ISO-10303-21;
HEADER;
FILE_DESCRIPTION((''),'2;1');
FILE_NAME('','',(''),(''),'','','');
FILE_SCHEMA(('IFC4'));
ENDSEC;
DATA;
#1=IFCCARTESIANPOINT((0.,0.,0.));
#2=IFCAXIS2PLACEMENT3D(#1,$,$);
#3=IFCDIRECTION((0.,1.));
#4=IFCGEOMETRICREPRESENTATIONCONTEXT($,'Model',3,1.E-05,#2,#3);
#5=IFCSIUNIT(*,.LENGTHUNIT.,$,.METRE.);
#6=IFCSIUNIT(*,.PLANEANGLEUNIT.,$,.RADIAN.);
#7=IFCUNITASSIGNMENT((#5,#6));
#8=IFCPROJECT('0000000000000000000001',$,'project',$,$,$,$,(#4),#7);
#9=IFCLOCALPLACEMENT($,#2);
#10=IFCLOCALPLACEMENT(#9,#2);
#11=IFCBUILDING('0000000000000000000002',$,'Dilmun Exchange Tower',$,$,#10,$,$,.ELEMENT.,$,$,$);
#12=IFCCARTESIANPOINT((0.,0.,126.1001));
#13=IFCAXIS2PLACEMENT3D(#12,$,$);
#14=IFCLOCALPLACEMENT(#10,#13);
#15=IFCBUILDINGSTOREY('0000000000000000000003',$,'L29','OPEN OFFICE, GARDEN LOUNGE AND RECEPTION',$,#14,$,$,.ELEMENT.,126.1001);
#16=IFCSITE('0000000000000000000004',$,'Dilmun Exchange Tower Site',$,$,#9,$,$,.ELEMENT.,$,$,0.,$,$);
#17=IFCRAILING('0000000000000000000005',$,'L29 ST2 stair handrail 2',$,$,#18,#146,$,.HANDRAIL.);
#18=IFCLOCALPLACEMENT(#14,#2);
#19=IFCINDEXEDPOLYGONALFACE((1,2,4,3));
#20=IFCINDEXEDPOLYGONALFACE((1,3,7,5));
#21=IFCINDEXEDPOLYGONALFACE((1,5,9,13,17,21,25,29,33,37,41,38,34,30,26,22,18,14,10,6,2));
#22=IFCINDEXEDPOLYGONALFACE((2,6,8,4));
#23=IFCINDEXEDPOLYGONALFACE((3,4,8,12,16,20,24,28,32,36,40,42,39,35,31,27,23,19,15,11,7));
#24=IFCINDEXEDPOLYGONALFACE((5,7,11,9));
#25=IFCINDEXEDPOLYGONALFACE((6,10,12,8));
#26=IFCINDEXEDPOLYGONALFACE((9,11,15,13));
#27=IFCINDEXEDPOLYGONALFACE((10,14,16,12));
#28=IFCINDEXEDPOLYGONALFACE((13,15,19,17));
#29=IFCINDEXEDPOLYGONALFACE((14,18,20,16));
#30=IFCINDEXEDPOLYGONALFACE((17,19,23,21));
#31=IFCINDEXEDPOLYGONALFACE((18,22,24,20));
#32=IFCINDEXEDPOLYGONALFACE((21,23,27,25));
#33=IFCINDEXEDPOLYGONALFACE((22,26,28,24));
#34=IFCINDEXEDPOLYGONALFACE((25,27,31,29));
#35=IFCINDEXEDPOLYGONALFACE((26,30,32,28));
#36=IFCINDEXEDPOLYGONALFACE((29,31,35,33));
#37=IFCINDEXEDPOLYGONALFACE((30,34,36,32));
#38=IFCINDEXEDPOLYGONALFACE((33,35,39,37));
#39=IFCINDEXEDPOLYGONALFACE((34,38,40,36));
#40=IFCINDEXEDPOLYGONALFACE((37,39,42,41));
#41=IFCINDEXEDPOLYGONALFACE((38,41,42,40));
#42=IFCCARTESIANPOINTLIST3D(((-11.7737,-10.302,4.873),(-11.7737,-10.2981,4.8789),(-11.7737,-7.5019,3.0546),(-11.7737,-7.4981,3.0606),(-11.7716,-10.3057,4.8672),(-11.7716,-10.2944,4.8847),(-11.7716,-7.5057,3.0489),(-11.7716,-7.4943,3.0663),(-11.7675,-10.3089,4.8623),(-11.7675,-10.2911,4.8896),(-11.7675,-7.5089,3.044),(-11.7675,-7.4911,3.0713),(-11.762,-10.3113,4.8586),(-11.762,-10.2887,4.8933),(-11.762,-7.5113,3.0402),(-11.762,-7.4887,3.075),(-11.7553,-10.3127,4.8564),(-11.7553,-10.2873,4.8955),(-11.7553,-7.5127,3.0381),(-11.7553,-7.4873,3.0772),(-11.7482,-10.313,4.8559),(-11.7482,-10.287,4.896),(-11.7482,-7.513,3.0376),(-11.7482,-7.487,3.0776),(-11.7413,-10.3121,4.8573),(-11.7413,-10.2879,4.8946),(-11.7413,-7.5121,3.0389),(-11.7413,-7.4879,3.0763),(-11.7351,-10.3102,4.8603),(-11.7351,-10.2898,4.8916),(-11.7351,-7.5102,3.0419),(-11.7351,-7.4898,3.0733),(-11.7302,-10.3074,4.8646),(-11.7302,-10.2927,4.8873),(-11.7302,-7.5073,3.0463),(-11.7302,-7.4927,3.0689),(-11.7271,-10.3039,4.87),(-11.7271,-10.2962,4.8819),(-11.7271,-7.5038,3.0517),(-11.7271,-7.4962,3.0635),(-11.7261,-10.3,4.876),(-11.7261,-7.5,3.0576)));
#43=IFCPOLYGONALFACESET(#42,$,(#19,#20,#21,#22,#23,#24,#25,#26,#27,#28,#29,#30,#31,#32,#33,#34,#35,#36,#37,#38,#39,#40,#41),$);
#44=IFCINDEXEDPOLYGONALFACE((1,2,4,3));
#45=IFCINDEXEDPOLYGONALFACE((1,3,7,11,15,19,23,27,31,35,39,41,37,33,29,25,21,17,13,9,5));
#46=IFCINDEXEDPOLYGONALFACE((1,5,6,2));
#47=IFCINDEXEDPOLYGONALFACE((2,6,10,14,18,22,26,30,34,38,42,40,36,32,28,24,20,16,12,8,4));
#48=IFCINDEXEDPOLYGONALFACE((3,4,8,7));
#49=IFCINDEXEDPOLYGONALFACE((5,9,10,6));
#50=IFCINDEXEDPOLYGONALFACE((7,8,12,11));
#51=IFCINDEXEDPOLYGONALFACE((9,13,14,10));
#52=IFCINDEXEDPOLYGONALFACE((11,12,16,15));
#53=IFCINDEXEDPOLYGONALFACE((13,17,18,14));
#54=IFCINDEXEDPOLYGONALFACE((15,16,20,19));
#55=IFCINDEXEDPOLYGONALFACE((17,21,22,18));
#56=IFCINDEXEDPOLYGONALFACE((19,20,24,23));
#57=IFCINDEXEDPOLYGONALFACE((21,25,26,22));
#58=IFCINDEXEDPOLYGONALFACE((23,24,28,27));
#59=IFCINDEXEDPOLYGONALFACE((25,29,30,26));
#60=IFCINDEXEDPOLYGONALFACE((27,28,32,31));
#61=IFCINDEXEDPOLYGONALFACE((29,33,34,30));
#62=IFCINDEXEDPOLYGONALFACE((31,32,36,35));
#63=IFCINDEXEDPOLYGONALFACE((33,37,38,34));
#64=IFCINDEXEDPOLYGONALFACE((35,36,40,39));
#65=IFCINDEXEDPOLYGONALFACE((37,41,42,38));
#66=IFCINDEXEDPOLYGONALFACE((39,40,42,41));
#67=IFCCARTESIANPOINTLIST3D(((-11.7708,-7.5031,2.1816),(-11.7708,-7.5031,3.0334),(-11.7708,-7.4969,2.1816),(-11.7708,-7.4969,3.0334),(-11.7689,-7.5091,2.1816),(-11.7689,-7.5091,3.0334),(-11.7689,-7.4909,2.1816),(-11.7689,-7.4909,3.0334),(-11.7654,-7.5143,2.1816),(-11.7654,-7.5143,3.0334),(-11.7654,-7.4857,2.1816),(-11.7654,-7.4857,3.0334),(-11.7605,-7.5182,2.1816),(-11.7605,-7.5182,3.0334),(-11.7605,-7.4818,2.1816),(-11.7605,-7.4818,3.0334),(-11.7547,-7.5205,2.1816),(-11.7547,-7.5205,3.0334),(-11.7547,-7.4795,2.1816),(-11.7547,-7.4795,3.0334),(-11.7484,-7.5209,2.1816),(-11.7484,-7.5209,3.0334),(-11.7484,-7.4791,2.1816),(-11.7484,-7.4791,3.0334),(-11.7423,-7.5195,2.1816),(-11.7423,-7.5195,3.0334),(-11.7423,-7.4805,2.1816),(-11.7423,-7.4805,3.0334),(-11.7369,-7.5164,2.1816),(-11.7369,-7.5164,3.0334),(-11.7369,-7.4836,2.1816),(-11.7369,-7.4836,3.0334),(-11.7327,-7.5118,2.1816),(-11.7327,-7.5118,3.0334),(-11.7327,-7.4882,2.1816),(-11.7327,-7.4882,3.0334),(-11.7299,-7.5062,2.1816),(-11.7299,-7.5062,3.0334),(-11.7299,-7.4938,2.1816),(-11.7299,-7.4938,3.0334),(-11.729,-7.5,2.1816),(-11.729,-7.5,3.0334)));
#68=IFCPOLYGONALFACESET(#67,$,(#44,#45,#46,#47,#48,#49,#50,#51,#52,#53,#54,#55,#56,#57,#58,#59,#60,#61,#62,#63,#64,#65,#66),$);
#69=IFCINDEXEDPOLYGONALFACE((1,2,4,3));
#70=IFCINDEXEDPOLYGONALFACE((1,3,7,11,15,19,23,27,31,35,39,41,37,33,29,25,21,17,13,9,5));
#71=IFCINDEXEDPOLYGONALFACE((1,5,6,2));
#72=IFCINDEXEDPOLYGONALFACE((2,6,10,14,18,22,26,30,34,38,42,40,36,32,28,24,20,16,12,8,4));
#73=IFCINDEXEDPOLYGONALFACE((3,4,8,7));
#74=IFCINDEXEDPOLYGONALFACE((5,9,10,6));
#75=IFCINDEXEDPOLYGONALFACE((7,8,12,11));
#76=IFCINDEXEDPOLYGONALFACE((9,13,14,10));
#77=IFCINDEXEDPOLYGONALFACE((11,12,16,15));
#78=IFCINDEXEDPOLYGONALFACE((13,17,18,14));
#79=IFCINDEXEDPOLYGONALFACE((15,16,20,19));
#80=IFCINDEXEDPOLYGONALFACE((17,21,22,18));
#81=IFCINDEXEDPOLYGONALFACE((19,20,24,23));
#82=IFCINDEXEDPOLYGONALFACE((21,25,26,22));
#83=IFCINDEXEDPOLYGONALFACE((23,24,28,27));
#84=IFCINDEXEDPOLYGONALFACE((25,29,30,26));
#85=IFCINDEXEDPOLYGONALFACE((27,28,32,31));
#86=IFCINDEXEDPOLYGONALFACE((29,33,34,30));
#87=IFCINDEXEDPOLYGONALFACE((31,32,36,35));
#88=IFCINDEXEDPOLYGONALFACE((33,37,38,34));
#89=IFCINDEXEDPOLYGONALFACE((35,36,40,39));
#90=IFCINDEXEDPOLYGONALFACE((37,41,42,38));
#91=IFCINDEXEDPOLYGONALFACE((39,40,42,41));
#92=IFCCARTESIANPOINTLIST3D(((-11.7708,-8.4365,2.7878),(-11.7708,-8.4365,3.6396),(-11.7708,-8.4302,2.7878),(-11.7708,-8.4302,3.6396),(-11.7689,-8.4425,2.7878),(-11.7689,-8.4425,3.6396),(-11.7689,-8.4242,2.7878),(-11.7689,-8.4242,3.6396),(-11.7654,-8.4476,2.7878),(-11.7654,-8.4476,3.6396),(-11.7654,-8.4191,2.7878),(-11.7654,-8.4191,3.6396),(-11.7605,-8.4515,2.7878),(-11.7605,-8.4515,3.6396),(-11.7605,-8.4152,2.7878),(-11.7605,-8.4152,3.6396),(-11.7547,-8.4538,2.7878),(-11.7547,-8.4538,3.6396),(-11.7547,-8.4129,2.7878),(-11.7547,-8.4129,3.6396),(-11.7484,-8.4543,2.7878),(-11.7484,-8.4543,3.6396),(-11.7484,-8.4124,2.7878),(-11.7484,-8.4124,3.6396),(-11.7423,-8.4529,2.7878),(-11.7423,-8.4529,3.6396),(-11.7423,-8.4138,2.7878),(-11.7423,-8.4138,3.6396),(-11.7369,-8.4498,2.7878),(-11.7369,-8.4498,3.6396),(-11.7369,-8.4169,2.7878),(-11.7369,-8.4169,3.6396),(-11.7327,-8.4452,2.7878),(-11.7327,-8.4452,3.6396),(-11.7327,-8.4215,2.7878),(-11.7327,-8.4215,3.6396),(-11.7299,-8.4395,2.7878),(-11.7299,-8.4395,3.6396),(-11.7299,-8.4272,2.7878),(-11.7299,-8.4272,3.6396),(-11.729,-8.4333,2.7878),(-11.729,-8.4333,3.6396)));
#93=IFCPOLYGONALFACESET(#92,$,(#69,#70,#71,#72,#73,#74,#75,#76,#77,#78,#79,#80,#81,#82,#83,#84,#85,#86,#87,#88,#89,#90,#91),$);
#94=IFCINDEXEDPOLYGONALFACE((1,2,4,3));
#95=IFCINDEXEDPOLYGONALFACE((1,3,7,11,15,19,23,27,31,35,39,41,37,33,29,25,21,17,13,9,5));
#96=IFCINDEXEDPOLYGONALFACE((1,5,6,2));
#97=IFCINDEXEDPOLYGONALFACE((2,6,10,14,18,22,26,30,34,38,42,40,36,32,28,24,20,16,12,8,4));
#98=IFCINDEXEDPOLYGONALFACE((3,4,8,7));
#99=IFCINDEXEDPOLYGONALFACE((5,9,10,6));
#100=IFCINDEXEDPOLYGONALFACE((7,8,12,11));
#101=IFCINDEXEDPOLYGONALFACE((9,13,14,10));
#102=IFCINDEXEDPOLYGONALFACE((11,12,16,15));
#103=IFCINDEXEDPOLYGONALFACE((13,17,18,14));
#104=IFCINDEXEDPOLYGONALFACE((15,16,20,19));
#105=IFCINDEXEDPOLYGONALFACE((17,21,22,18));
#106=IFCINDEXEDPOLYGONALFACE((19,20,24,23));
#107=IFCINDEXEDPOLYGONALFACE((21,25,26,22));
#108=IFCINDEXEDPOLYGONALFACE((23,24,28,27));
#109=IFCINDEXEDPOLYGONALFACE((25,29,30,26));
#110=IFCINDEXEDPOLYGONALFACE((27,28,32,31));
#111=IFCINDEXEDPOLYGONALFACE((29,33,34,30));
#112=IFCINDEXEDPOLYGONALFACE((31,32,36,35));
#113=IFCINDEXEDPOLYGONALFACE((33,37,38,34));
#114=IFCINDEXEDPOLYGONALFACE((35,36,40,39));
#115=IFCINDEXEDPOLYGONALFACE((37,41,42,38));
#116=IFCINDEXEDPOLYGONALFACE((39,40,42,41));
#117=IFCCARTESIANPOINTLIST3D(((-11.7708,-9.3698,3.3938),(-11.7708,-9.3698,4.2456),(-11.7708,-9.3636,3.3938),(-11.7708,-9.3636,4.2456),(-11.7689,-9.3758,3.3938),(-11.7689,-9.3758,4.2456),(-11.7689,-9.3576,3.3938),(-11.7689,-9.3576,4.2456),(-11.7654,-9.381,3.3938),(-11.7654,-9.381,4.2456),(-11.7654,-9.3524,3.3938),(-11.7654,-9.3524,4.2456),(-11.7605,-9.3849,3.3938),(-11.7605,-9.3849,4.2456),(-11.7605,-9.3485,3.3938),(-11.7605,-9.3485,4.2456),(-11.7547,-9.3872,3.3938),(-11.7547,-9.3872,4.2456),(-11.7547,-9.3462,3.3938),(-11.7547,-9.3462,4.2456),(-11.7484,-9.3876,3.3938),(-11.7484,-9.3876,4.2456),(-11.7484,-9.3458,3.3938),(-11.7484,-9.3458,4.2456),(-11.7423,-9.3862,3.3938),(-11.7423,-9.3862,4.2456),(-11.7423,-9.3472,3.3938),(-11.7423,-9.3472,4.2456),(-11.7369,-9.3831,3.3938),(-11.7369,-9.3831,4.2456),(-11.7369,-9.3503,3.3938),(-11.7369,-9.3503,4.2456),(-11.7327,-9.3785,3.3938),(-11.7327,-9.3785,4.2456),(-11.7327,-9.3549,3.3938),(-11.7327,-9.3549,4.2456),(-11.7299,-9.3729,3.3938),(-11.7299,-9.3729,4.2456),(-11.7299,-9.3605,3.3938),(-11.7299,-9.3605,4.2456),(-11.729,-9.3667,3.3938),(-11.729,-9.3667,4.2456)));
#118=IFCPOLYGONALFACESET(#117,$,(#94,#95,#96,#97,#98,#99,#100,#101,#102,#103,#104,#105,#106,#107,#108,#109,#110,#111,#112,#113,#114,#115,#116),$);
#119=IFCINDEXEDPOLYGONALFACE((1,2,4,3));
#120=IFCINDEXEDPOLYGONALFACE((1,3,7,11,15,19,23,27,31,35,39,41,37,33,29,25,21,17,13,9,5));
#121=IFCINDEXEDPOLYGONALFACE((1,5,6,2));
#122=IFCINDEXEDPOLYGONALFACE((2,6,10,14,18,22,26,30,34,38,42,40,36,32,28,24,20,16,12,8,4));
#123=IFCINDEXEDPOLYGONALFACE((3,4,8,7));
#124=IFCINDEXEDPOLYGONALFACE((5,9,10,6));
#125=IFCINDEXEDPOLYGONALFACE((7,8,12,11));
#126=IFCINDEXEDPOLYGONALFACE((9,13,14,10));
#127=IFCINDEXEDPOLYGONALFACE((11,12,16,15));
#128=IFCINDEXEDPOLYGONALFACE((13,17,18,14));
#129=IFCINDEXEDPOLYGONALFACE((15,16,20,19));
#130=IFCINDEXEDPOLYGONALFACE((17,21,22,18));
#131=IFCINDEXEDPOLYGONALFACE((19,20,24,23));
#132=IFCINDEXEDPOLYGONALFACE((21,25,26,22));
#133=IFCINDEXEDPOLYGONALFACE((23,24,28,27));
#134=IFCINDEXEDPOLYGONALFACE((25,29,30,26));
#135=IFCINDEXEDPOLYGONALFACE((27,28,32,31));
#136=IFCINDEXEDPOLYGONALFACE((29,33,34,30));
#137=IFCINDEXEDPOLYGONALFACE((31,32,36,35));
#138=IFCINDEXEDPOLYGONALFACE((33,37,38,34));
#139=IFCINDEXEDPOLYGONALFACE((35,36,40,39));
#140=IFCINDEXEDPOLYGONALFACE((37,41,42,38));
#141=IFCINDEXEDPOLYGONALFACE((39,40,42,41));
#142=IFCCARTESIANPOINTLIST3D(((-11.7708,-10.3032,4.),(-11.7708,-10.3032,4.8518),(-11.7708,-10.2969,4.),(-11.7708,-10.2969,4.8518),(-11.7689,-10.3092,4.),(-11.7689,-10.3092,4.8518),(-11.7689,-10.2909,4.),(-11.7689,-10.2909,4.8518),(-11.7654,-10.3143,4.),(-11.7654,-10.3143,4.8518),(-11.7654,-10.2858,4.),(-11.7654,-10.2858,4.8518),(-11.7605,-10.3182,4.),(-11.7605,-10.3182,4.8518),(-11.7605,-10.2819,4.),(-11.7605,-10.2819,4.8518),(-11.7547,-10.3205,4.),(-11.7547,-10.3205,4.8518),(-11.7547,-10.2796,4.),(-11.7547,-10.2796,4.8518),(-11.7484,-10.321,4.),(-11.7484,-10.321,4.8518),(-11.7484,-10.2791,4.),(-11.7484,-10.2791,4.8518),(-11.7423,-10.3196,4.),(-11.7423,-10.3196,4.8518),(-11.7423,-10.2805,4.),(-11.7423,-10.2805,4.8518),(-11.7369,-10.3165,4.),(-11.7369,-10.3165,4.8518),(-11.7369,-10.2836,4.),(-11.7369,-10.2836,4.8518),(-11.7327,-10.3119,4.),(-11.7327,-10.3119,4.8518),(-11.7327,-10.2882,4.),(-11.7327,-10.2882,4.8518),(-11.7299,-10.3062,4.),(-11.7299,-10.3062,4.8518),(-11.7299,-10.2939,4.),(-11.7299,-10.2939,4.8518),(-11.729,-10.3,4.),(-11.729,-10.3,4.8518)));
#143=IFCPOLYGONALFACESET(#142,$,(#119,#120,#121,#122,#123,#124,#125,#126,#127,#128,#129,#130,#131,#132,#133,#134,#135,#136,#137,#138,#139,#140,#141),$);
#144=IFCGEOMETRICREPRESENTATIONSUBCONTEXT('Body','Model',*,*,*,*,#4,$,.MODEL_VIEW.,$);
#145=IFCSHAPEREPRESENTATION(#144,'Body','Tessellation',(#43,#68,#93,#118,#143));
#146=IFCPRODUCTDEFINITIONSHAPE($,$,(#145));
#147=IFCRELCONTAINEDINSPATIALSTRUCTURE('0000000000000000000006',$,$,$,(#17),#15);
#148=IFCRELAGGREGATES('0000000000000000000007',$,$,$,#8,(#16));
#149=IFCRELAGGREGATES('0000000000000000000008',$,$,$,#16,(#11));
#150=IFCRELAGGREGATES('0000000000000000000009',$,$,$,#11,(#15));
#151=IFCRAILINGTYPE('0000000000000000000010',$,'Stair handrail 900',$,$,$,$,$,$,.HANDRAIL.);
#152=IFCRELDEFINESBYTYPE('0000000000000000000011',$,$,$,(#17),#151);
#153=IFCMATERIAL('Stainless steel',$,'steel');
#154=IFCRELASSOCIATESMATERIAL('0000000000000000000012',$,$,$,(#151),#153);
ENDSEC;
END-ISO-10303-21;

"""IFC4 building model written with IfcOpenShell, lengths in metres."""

from ifc_helpers import new_model, si_unit, direction, frame, origin, origin_2d, place, context, subcontext, project, spatial, circle, extrude, material, type_object, element, save


model = new_model("IFC4")

# Units and contexts
model_context = context("Model", 3, precision=1e-05, world=origin(), true_north=direction((0.0, 1.0)))
body_context = subcontext(model_context, "Body", "Model", "MODEL_VIEW")
ifc_project = project(units=[si_unit("LENGTHUNIT", "METRE"), si_unit("PLANEANGLEUNIT", "RADIAN")], contexts=[model_context])

# Site, building, storey
site_placement = place(None, origin())
site = spatial("IfcSite", under=ifc_project, at=site_placement, Name="Dilmun Exchange Tower Site", CompositionType="ELEMENT", RefElevation=0.0)
building_placement = place(site_placement, origin())
building = spatial("IfcBuilding", under=site, at=building_placement, Name="Dilmun Exchange Tower", CompositionType="ELEMENT")
storey_placement = place(building_placement, frame((0.0, 0.0, 126.1001)))
storey = spatial("IfcBuildingStorey", under=building, at=storey_placement, Name="L29", Description="OPEN OFFICE, GARDEN LOUNGE AND RECEPTION", CompositionType="ELEMENT", Elevation=126.1001)

# Railing
ifc_material_1 = material(Name="Stainless steel", Category="steel")
railing_type = type_object("IfcRailingType", Name="Stair handrail 900", PredefinedType="HANDRAIL", material=ifc_material_1)
railing_1_placement = place(storey_placement, frame((-11.75, -7.5, 2.1816)))
element("IfcRailing", 1, at=railing_1_placement, inside=storey, type_object=railing_type, Name="L29 ST2 stair handrail 2", PredefinedType="HANDRAIL", context=body_context, shape_type="SweptSolid", body=[
    extrude(circle(Radius=0.0239, at=origin_2d()), frame((0.0, 0.0, 0.876), z_axis=(0.0, -0.838672, 0.544636), x_axis=(1.0, 0.0, 0.0)), (0.0, 0.0, 1.0), 3.3386),
    extrude(circle(Radius=0.021, at=origin_2d()), origin(), (0.0, 0.0, 1.0), 0.8518),
    extrude(circle(Radius=0.021, at=origin_2d()), frame((0.0, -0.9333, 0.6062)), (0.0, 0.0, 1.0), 0.8518),
    extrude(circle(Radius=0.021, at=origin_2d()), frame((0.0, -1.8667, 1.2122)), (0.0, 0.0, 1.0), 0.8518),
    extrude(circle(Radius=0.021, at=origin_2d()), frame((0.0, -2.8, 1.8184)), (0.0, 0.0, 1.0), 0.8518),
])

save(model, "model.ifc")
